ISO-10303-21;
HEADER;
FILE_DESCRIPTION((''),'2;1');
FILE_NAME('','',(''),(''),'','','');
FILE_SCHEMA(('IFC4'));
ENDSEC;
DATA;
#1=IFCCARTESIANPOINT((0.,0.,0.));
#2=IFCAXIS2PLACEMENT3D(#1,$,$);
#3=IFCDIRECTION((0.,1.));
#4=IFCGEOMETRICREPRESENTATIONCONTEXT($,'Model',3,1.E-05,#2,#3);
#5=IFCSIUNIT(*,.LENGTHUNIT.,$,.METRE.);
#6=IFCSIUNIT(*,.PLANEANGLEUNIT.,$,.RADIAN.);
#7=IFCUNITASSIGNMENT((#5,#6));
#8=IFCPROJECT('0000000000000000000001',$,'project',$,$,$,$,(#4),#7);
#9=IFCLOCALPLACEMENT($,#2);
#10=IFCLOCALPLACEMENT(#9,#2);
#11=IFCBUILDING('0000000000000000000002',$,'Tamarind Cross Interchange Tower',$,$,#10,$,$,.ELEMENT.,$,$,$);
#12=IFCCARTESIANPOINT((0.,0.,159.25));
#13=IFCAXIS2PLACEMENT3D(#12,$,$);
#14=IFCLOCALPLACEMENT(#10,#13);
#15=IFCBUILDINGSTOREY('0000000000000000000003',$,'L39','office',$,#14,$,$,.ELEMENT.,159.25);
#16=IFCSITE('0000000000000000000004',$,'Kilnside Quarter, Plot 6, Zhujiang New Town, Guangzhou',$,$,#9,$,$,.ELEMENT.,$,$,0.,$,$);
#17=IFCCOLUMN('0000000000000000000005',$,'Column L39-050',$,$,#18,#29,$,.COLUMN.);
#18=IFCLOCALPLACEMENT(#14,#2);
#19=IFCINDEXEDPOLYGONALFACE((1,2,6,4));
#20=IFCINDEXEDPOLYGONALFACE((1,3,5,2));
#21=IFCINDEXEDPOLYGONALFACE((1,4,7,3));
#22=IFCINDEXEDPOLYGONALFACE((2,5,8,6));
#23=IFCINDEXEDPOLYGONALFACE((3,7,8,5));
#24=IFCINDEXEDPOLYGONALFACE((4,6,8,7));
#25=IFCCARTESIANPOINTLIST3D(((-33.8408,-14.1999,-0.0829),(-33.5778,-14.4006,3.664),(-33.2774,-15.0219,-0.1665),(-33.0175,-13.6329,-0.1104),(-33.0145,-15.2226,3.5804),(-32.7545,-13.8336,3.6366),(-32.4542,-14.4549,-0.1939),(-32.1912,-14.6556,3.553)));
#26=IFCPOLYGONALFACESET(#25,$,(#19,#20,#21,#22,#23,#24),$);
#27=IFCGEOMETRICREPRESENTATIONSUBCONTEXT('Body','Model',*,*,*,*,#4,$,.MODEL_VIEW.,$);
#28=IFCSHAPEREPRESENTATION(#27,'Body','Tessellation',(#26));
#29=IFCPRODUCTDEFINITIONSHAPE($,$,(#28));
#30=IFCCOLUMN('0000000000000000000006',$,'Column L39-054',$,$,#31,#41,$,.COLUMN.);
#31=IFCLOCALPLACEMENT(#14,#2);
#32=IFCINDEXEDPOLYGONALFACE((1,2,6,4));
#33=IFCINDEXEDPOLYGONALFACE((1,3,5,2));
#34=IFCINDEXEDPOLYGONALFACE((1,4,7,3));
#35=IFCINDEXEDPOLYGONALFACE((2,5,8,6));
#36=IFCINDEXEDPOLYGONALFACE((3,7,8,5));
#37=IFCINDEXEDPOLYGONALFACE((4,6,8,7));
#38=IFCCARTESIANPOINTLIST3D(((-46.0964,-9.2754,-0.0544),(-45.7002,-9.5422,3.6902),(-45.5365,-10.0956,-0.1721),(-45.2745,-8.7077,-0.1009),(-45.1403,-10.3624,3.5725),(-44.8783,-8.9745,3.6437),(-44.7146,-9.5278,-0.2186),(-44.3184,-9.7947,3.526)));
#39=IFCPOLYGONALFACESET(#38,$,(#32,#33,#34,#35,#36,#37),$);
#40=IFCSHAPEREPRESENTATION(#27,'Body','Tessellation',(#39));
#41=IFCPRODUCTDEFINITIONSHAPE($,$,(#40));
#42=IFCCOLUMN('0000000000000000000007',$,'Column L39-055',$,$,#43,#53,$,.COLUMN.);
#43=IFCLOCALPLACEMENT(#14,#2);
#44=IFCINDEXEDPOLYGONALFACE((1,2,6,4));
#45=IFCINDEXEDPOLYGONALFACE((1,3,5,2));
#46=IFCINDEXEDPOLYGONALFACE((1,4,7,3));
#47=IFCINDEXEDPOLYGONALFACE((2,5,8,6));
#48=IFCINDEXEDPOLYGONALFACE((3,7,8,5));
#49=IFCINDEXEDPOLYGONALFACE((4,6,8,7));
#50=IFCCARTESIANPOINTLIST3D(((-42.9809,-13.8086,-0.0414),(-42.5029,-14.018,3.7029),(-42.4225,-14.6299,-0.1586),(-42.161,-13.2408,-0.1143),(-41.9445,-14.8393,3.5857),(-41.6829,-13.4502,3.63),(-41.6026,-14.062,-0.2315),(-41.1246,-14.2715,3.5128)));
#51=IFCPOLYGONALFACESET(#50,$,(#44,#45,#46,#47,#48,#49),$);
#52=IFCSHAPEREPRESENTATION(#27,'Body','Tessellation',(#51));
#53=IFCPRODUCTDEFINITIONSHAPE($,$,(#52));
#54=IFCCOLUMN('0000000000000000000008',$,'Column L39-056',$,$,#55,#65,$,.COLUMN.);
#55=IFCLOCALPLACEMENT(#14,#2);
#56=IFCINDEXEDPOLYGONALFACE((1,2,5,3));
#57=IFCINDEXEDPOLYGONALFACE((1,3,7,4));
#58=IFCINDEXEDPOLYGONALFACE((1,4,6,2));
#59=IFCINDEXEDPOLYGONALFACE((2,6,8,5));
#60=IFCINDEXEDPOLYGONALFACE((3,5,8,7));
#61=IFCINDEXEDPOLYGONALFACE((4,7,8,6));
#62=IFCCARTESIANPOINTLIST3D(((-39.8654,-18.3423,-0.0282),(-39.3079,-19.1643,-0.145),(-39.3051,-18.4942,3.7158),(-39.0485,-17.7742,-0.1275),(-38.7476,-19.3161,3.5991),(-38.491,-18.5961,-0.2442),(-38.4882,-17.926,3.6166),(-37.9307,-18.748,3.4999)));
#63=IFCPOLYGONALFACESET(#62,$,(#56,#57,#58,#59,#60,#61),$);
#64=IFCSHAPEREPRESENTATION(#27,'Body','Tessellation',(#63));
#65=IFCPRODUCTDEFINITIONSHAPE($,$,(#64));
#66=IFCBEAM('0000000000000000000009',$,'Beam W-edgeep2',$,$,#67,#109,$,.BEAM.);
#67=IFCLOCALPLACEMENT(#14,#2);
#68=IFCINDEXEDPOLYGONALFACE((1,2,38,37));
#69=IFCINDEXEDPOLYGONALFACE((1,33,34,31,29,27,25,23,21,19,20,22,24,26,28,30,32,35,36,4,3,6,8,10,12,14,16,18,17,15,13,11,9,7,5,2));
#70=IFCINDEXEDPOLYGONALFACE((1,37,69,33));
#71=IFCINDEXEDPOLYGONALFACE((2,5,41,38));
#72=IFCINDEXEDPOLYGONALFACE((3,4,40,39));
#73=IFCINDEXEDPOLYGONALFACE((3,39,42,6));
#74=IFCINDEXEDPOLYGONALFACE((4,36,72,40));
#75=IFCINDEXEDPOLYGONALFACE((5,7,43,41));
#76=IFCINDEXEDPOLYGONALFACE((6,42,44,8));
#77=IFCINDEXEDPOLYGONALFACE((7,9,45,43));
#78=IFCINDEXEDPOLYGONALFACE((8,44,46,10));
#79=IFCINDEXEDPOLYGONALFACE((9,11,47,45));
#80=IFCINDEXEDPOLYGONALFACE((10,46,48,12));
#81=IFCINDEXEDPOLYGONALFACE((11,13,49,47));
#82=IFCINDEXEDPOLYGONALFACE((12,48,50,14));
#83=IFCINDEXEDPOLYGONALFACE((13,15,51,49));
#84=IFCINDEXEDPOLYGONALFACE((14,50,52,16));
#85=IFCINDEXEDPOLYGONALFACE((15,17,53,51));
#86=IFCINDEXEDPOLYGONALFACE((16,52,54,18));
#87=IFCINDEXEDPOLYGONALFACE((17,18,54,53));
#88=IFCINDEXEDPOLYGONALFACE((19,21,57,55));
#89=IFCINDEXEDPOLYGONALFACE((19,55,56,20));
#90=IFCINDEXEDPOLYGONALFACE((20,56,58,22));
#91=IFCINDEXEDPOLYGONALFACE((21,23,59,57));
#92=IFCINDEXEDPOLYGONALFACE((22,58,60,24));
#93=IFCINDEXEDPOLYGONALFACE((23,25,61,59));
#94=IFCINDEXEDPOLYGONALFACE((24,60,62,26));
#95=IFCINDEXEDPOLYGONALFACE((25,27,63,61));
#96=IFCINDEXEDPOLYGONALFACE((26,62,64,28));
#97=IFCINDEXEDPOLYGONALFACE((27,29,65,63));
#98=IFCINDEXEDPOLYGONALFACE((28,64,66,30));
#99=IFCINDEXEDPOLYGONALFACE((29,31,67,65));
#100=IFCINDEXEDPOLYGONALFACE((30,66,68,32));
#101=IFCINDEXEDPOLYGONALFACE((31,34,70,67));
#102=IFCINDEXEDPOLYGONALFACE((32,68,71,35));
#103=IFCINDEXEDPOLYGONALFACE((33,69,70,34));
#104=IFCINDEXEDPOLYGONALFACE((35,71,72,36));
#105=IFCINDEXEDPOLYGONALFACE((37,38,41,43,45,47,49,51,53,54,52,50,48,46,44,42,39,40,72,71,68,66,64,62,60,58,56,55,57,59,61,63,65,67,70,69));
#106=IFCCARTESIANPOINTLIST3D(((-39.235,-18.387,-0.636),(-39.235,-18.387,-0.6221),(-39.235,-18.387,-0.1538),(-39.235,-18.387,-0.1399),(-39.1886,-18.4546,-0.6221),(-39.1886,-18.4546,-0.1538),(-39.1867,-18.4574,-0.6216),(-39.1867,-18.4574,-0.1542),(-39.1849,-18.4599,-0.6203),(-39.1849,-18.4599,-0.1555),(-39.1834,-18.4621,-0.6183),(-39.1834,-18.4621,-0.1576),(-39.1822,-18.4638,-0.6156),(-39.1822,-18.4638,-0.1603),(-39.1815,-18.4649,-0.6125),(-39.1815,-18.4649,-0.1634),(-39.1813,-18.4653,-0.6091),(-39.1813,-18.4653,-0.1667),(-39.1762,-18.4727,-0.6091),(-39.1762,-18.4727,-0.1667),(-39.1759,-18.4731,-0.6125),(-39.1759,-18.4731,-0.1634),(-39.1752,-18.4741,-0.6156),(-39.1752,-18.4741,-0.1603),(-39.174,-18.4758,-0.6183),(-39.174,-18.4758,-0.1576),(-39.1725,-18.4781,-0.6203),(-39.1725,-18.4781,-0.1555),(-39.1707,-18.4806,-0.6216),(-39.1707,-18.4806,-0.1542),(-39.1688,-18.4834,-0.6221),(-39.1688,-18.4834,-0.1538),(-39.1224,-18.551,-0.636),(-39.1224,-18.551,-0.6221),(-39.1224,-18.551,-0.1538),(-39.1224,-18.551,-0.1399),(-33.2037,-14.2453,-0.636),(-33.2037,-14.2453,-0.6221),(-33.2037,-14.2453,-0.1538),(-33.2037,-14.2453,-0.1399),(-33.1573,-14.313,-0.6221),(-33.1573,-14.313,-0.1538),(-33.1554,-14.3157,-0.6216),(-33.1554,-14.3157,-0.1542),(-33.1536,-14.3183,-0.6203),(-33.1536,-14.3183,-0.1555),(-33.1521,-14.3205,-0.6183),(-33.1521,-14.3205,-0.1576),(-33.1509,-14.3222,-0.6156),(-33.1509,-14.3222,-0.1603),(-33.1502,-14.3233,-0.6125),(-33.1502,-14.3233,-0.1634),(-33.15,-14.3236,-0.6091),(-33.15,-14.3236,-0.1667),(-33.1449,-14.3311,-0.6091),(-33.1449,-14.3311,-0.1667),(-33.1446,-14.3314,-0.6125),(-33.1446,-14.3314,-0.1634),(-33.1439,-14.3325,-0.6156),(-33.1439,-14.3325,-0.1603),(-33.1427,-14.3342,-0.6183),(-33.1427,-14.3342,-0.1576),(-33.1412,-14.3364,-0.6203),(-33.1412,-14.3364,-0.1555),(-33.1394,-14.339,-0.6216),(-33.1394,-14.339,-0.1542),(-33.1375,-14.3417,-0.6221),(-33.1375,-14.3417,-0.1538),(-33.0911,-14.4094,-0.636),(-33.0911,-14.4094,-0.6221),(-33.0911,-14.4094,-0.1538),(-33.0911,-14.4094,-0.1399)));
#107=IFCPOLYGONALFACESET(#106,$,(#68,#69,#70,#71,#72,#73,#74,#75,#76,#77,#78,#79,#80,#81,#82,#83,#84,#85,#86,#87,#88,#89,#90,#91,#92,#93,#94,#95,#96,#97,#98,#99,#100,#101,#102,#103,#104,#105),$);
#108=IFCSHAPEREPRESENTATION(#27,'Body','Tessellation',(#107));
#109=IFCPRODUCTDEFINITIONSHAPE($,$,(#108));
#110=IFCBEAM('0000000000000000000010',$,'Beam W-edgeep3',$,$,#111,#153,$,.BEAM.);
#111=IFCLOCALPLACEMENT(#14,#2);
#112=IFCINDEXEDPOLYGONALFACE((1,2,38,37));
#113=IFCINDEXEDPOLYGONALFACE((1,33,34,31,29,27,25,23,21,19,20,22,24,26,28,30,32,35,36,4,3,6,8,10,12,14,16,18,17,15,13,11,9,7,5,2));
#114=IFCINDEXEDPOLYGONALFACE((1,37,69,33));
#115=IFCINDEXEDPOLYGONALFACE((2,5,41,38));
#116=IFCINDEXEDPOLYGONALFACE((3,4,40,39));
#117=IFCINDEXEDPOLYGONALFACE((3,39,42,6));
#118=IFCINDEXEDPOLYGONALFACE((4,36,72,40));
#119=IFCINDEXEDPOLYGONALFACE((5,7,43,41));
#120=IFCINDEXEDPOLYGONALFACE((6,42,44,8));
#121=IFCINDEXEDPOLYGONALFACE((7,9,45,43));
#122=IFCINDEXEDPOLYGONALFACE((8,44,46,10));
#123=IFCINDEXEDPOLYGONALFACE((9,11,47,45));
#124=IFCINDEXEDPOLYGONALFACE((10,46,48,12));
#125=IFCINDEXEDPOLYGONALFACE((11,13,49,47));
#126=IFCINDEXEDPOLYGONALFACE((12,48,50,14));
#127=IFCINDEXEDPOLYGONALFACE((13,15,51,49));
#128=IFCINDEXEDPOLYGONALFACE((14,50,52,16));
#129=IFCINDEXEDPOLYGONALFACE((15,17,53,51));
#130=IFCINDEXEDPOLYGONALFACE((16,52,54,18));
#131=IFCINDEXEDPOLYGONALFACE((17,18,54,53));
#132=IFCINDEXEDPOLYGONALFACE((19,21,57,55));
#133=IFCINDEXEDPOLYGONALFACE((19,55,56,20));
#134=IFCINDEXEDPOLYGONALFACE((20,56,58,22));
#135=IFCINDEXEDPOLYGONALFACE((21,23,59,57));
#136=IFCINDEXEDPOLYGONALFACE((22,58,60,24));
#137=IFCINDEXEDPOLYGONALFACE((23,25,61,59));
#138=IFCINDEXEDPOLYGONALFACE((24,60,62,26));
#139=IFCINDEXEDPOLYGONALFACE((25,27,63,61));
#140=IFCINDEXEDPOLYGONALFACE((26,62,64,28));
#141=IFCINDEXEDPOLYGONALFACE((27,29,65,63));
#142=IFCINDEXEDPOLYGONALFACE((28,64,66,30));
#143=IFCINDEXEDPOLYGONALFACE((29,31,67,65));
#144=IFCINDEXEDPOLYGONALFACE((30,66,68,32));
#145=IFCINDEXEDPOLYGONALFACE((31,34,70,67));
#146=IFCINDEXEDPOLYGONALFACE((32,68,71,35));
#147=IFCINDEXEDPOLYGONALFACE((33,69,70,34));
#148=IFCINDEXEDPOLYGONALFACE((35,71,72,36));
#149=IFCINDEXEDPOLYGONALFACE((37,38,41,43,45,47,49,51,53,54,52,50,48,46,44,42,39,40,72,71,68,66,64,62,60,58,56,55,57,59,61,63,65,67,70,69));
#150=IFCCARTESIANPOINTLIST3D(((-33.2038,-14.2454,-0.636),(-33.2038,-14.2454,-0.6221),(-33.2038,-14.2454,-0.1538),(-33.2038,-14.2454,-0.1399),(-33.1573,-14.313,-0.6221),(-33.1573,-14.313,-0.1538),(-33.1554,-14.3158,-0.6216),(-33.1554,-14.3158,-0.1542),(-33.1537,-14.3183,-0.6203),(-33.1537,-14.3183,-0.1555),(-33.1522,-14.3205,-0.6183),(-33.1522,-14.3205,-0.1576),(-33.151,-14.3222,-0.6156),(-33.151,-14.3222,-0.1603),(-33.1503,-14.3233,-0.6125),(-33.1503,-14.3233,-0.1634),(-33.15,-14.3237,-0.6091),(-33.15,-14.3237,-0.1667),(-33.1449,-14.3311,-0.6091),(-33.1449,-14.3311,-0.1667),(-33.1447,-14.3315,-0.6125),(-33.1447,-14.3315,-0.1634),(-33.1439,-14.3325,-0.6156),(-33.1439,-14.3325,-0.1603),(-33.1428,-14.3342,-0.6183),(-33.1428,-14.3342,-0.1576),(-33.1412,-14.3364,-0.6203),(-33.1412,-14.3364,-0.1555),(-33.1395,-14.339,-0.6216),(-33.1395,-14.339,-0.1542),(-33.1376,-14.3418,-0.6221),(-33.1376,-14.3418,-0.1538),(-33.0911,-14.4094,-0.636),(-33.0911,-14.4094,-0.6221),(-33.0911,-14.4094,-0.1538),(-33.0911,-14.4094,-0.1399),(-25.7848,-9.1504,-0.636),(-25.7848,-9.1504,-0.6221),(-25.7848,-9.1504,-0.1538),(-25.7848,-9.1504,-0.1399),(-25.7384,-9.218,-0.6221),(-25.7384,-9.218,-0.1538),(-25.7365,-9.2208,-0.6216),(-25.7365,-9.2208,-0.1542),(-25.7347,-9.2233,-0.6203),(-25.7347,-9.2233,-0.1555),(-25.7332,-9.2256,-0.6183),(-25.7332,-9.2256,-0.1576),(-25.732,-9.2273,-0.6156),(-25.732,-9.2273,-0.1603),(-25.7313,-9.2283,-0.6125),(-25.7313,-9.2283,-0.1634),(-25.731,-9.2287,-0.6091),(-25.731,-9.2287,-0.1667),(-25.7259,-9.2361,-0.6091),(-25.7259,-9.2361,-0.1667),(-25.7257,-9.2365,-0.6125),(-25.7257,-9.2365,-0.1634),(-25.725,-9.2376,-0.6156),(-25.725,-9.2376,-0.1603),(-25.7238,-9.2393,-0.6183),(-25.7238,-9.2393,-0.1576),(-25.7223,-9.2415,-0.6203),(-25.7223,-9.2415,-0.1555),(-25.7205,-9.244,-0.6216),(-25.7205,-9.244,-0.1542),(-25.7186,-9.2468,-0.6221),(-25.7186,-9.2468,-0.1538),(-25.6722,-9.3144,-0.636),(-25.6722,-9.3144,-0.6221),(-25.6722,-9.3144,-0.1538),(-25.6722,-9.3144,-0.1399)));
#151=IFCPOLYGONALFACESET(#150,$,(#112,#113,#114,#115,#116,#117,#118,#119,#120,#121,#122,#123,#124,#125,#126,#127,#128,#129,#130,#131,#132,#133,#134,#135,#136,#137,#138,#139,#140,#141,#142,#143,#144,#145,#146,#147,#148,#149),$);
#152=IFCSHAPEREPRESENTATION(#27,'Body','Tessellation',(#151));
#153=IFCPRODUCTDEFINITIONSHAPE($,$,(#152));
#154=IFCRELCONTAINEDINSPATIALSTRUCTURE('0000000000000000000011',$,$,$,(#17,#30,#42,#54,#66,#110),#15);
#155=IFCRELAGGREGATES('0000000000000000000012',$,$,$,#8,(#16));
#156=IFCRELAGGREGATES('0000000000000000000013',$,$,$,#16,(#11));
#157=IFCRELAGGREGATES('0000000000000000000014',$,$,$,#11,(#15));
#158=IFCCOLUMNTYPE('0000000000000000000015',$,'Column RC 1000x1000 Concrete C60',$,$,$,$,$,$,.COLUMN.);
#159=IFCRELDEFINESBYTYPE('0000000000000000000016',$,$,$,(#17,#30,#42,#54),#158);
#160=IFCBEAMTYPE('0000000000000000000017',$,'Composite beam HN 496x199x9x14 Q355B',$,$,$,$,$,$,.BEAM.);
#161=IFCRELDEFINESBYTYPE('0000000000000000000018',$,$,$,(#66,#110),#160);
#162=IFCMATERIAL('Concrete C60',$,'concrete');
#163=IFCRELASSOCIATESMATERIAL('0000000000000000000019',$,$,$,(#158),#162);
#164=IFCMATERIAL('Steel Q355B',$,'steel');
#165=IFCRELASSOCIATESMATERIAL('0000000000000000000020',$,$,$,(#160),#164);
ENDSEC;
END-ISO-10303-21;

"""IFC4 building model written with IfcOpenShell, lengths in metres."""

from ifc_helpers import new_model, si_unit, direction, frame, origin, origin_2d, place, context, subcontext, project, spatial, rectangle, i_section, extrude, material, material_profile, profile_set, type_object, element, save


model = new_model("IFC4")

# Units and contexts
model_context = context("Model", 3, precision=1e-05, world=origin(), true_north=direction((0.0, 1.0)))
body_context = subcontext(model_context, "Body", "Model", "MODEL_VIEW")
ifc_project = project(units=[si_unit("LENGTHUNIT", "METRE"), si_unit("PLANEANGLEUNIT", "RADIAN")], contexts=[model_context])

# Site, building, storey
site_placement = place(None, origin())
site = spatial("IfcSite", under=ifc_project, at=site_placement, Name="Kilnside Quarter, Plot 6, Zhujiang New Town, Guangzhou", CompositionType="ELEMENT", RefElevation=0.0)
building_placement = place(site_placement, origin())
building = spatial("IfcBuilding", under=site, at=building_placement, Name="Tamarind Cross Interchange Tower", CompositionType="ELEMENT")
storey_placement = place(building_placement, frame((0.0, 0.0, 159.25)))
storey = spatial("IfcBuildingStorey", under=building, at=storey_placement, Name="L39", Description="office", CompositionType="ELEMENT", Elevation=159.25)

# Columns
ifc_material_1 = material(Name="Concrete C60", Category="concrete")
ifc_material_profile_1 = material_profile(ifc_material_1, rectangle(XDim=1.0, YDim=1.0, at=origin_2d()), Name="RC 1000x1000")
ifc_profile_set_1 = profile_set([ifc_material_profile_1], Name="Concrete C60")
column_type = type_object("IfcColumnType", Name="Column RC 1000x1000 Concrete C60", PredefinedType="COLUMN", material=ifc_profile_set_1)
column_1_placement = place(storey_placement, frame((-33.1475, -14.3274, -0.1384), z_axis=(0.069905, -0.053353, 0.996126), x_axis=(-0.563324, 0.822, 0.083559)))
element("IfcColumn", 1, at=column_1_placement, inside=storey, type_object=column_type, Name="Column L39-050", PredefinedType="COLUMN", context=body_context, shape_type="SweptSolid", body=[
    extrude(rectangle(XDim=1.0, YDim=1.0, at=origin_2d()), origin(), (0.0, 0.0, 1.0), 3.7615),
])
column_2_placement = place(storey_placement, frame((-45.4055, -9.4016, -0.1365), z_axis=(0.104965, -0.070688, 0.99196), x_axis=(-0.559867, 0.820182, 0.11769)))
element("IfcColumn", 2, at=column_2_placement, inside=storey, type_object=column_type, Name="Column L39-054", PredefinedType="COLUMN", context=body_context, shape_type="SweptSolid", body=[
    extrude(rectangle(XDim=1.0, YDim=1.0, at=origin_2d()), origin(), (0.0, 0.0, 1.0), 3.7749),
])
column_3_placement = place(storey_placement, frame((-42.2917, -13.9353, -0.1365), z_axis=(0.126443, -0.055408, 0.990425), x_axis=(-0.558334, 0.821292, 0.117225)))
element("IfcColumn", 3, at=column_3_placement, inside=storey, type_object=column_type, Name="Column L39-055", PredefinedType="COLUMN", context=body_context, shape_type="SweptSolid", body=[
    extrude(rectangle(XDim=1.0, YDim=1.0, at=origin_2d()), origin(), (0.0, 0.0, 1.0), 3.7805),
])
column_4_placement = place(storey_placement, frame((-39.1782, -18.4692, -0.1362), z_axis=(0.147881, -0.040079, 0.988193), x_axis=(-0.557478, 0.82194, 0.116762)))
element("IfcColumn", 4, at=column_4_placement, inside=storey, type_object=column_type, Name="Column L39-056", PredefinedType="COLUMN", context=body_context, shape_type="SweptSolid", body=[
    extrude(rectangle(XDim=1.0, YDim=1.0, at=origin_2d()), origin(), (0.0, 0.0, 1.0), 3.7888),
])

# Beams
ifc_material_2 = material(Name="Steel Q355B", Category="steel")
ifc_material_profile_2 = material_profile(ifc_material_2, i_section(OverallWidth=0.199, OverallDepth=0.4961, WebThickness=0.009, FlangeThickness=0.0139, FilletRadius=0.0129, at=origin_2d()), Name="HN 496x199x9x14")
ifc_profile_set_2 = profile_set([ifc_material_profile_2], Name="Steel Q355B")
beam_type_1 = type_object("IfcBeamType", Name="Composite beam HN 496x199x9x14 Q355B", PredefinedType="BEAM", material=ifc_profile_set_2)
beam_1_placement = place(storey_placement, frame((-39.1787, -18.469, -0.3879), z_axis=(0.824353, 0.566076, 0.0), x_axis=(-0.566076, 0.824353, 0.0)))
element("IfcBeam", 5, at=beam_1_placement, inside=storey, type_object=beam_type_1, Name="Beam W-edgeep2", PredefinedType="BEAM", context=body_context, shape_type="SweptSolid", body=[
    extrude(i_section(OverallWidth=0.199, OverallDepth=0.4961, WebThickness=0.009, FlangeThickness=0.0139, FilletRadius=0.0129, at=origin_2d()), origin(), (0.0, 0.0, 1.0), 7.3164),
])
beam_2_placement = place(storey_placement, frame((-33.1475, -14.3274, -0.3879), z_axis=(0.82433, 0.56611, 0.0), x_axis=(-0.56611, 0.82433, 0.0)))
element("IfcBeam", 6, at=beam_2_placement, inside=storey, type_object=beam_type_1, Name="Beam W-edgeep3", PredefinedType="BEAM", context=body_context, shape_type="SweptSolid", body=[
    extrude(i_section(OverallWidth=0.199, OverallDepth=0.4961, WebThickness=0.009, FlangeThickness=0.0139, FilletRadius=0.0129, at=origin_2d()), origin(), (0.0, 0.0, 1.0), 9.0),
])

save(model, "model.ifc")
